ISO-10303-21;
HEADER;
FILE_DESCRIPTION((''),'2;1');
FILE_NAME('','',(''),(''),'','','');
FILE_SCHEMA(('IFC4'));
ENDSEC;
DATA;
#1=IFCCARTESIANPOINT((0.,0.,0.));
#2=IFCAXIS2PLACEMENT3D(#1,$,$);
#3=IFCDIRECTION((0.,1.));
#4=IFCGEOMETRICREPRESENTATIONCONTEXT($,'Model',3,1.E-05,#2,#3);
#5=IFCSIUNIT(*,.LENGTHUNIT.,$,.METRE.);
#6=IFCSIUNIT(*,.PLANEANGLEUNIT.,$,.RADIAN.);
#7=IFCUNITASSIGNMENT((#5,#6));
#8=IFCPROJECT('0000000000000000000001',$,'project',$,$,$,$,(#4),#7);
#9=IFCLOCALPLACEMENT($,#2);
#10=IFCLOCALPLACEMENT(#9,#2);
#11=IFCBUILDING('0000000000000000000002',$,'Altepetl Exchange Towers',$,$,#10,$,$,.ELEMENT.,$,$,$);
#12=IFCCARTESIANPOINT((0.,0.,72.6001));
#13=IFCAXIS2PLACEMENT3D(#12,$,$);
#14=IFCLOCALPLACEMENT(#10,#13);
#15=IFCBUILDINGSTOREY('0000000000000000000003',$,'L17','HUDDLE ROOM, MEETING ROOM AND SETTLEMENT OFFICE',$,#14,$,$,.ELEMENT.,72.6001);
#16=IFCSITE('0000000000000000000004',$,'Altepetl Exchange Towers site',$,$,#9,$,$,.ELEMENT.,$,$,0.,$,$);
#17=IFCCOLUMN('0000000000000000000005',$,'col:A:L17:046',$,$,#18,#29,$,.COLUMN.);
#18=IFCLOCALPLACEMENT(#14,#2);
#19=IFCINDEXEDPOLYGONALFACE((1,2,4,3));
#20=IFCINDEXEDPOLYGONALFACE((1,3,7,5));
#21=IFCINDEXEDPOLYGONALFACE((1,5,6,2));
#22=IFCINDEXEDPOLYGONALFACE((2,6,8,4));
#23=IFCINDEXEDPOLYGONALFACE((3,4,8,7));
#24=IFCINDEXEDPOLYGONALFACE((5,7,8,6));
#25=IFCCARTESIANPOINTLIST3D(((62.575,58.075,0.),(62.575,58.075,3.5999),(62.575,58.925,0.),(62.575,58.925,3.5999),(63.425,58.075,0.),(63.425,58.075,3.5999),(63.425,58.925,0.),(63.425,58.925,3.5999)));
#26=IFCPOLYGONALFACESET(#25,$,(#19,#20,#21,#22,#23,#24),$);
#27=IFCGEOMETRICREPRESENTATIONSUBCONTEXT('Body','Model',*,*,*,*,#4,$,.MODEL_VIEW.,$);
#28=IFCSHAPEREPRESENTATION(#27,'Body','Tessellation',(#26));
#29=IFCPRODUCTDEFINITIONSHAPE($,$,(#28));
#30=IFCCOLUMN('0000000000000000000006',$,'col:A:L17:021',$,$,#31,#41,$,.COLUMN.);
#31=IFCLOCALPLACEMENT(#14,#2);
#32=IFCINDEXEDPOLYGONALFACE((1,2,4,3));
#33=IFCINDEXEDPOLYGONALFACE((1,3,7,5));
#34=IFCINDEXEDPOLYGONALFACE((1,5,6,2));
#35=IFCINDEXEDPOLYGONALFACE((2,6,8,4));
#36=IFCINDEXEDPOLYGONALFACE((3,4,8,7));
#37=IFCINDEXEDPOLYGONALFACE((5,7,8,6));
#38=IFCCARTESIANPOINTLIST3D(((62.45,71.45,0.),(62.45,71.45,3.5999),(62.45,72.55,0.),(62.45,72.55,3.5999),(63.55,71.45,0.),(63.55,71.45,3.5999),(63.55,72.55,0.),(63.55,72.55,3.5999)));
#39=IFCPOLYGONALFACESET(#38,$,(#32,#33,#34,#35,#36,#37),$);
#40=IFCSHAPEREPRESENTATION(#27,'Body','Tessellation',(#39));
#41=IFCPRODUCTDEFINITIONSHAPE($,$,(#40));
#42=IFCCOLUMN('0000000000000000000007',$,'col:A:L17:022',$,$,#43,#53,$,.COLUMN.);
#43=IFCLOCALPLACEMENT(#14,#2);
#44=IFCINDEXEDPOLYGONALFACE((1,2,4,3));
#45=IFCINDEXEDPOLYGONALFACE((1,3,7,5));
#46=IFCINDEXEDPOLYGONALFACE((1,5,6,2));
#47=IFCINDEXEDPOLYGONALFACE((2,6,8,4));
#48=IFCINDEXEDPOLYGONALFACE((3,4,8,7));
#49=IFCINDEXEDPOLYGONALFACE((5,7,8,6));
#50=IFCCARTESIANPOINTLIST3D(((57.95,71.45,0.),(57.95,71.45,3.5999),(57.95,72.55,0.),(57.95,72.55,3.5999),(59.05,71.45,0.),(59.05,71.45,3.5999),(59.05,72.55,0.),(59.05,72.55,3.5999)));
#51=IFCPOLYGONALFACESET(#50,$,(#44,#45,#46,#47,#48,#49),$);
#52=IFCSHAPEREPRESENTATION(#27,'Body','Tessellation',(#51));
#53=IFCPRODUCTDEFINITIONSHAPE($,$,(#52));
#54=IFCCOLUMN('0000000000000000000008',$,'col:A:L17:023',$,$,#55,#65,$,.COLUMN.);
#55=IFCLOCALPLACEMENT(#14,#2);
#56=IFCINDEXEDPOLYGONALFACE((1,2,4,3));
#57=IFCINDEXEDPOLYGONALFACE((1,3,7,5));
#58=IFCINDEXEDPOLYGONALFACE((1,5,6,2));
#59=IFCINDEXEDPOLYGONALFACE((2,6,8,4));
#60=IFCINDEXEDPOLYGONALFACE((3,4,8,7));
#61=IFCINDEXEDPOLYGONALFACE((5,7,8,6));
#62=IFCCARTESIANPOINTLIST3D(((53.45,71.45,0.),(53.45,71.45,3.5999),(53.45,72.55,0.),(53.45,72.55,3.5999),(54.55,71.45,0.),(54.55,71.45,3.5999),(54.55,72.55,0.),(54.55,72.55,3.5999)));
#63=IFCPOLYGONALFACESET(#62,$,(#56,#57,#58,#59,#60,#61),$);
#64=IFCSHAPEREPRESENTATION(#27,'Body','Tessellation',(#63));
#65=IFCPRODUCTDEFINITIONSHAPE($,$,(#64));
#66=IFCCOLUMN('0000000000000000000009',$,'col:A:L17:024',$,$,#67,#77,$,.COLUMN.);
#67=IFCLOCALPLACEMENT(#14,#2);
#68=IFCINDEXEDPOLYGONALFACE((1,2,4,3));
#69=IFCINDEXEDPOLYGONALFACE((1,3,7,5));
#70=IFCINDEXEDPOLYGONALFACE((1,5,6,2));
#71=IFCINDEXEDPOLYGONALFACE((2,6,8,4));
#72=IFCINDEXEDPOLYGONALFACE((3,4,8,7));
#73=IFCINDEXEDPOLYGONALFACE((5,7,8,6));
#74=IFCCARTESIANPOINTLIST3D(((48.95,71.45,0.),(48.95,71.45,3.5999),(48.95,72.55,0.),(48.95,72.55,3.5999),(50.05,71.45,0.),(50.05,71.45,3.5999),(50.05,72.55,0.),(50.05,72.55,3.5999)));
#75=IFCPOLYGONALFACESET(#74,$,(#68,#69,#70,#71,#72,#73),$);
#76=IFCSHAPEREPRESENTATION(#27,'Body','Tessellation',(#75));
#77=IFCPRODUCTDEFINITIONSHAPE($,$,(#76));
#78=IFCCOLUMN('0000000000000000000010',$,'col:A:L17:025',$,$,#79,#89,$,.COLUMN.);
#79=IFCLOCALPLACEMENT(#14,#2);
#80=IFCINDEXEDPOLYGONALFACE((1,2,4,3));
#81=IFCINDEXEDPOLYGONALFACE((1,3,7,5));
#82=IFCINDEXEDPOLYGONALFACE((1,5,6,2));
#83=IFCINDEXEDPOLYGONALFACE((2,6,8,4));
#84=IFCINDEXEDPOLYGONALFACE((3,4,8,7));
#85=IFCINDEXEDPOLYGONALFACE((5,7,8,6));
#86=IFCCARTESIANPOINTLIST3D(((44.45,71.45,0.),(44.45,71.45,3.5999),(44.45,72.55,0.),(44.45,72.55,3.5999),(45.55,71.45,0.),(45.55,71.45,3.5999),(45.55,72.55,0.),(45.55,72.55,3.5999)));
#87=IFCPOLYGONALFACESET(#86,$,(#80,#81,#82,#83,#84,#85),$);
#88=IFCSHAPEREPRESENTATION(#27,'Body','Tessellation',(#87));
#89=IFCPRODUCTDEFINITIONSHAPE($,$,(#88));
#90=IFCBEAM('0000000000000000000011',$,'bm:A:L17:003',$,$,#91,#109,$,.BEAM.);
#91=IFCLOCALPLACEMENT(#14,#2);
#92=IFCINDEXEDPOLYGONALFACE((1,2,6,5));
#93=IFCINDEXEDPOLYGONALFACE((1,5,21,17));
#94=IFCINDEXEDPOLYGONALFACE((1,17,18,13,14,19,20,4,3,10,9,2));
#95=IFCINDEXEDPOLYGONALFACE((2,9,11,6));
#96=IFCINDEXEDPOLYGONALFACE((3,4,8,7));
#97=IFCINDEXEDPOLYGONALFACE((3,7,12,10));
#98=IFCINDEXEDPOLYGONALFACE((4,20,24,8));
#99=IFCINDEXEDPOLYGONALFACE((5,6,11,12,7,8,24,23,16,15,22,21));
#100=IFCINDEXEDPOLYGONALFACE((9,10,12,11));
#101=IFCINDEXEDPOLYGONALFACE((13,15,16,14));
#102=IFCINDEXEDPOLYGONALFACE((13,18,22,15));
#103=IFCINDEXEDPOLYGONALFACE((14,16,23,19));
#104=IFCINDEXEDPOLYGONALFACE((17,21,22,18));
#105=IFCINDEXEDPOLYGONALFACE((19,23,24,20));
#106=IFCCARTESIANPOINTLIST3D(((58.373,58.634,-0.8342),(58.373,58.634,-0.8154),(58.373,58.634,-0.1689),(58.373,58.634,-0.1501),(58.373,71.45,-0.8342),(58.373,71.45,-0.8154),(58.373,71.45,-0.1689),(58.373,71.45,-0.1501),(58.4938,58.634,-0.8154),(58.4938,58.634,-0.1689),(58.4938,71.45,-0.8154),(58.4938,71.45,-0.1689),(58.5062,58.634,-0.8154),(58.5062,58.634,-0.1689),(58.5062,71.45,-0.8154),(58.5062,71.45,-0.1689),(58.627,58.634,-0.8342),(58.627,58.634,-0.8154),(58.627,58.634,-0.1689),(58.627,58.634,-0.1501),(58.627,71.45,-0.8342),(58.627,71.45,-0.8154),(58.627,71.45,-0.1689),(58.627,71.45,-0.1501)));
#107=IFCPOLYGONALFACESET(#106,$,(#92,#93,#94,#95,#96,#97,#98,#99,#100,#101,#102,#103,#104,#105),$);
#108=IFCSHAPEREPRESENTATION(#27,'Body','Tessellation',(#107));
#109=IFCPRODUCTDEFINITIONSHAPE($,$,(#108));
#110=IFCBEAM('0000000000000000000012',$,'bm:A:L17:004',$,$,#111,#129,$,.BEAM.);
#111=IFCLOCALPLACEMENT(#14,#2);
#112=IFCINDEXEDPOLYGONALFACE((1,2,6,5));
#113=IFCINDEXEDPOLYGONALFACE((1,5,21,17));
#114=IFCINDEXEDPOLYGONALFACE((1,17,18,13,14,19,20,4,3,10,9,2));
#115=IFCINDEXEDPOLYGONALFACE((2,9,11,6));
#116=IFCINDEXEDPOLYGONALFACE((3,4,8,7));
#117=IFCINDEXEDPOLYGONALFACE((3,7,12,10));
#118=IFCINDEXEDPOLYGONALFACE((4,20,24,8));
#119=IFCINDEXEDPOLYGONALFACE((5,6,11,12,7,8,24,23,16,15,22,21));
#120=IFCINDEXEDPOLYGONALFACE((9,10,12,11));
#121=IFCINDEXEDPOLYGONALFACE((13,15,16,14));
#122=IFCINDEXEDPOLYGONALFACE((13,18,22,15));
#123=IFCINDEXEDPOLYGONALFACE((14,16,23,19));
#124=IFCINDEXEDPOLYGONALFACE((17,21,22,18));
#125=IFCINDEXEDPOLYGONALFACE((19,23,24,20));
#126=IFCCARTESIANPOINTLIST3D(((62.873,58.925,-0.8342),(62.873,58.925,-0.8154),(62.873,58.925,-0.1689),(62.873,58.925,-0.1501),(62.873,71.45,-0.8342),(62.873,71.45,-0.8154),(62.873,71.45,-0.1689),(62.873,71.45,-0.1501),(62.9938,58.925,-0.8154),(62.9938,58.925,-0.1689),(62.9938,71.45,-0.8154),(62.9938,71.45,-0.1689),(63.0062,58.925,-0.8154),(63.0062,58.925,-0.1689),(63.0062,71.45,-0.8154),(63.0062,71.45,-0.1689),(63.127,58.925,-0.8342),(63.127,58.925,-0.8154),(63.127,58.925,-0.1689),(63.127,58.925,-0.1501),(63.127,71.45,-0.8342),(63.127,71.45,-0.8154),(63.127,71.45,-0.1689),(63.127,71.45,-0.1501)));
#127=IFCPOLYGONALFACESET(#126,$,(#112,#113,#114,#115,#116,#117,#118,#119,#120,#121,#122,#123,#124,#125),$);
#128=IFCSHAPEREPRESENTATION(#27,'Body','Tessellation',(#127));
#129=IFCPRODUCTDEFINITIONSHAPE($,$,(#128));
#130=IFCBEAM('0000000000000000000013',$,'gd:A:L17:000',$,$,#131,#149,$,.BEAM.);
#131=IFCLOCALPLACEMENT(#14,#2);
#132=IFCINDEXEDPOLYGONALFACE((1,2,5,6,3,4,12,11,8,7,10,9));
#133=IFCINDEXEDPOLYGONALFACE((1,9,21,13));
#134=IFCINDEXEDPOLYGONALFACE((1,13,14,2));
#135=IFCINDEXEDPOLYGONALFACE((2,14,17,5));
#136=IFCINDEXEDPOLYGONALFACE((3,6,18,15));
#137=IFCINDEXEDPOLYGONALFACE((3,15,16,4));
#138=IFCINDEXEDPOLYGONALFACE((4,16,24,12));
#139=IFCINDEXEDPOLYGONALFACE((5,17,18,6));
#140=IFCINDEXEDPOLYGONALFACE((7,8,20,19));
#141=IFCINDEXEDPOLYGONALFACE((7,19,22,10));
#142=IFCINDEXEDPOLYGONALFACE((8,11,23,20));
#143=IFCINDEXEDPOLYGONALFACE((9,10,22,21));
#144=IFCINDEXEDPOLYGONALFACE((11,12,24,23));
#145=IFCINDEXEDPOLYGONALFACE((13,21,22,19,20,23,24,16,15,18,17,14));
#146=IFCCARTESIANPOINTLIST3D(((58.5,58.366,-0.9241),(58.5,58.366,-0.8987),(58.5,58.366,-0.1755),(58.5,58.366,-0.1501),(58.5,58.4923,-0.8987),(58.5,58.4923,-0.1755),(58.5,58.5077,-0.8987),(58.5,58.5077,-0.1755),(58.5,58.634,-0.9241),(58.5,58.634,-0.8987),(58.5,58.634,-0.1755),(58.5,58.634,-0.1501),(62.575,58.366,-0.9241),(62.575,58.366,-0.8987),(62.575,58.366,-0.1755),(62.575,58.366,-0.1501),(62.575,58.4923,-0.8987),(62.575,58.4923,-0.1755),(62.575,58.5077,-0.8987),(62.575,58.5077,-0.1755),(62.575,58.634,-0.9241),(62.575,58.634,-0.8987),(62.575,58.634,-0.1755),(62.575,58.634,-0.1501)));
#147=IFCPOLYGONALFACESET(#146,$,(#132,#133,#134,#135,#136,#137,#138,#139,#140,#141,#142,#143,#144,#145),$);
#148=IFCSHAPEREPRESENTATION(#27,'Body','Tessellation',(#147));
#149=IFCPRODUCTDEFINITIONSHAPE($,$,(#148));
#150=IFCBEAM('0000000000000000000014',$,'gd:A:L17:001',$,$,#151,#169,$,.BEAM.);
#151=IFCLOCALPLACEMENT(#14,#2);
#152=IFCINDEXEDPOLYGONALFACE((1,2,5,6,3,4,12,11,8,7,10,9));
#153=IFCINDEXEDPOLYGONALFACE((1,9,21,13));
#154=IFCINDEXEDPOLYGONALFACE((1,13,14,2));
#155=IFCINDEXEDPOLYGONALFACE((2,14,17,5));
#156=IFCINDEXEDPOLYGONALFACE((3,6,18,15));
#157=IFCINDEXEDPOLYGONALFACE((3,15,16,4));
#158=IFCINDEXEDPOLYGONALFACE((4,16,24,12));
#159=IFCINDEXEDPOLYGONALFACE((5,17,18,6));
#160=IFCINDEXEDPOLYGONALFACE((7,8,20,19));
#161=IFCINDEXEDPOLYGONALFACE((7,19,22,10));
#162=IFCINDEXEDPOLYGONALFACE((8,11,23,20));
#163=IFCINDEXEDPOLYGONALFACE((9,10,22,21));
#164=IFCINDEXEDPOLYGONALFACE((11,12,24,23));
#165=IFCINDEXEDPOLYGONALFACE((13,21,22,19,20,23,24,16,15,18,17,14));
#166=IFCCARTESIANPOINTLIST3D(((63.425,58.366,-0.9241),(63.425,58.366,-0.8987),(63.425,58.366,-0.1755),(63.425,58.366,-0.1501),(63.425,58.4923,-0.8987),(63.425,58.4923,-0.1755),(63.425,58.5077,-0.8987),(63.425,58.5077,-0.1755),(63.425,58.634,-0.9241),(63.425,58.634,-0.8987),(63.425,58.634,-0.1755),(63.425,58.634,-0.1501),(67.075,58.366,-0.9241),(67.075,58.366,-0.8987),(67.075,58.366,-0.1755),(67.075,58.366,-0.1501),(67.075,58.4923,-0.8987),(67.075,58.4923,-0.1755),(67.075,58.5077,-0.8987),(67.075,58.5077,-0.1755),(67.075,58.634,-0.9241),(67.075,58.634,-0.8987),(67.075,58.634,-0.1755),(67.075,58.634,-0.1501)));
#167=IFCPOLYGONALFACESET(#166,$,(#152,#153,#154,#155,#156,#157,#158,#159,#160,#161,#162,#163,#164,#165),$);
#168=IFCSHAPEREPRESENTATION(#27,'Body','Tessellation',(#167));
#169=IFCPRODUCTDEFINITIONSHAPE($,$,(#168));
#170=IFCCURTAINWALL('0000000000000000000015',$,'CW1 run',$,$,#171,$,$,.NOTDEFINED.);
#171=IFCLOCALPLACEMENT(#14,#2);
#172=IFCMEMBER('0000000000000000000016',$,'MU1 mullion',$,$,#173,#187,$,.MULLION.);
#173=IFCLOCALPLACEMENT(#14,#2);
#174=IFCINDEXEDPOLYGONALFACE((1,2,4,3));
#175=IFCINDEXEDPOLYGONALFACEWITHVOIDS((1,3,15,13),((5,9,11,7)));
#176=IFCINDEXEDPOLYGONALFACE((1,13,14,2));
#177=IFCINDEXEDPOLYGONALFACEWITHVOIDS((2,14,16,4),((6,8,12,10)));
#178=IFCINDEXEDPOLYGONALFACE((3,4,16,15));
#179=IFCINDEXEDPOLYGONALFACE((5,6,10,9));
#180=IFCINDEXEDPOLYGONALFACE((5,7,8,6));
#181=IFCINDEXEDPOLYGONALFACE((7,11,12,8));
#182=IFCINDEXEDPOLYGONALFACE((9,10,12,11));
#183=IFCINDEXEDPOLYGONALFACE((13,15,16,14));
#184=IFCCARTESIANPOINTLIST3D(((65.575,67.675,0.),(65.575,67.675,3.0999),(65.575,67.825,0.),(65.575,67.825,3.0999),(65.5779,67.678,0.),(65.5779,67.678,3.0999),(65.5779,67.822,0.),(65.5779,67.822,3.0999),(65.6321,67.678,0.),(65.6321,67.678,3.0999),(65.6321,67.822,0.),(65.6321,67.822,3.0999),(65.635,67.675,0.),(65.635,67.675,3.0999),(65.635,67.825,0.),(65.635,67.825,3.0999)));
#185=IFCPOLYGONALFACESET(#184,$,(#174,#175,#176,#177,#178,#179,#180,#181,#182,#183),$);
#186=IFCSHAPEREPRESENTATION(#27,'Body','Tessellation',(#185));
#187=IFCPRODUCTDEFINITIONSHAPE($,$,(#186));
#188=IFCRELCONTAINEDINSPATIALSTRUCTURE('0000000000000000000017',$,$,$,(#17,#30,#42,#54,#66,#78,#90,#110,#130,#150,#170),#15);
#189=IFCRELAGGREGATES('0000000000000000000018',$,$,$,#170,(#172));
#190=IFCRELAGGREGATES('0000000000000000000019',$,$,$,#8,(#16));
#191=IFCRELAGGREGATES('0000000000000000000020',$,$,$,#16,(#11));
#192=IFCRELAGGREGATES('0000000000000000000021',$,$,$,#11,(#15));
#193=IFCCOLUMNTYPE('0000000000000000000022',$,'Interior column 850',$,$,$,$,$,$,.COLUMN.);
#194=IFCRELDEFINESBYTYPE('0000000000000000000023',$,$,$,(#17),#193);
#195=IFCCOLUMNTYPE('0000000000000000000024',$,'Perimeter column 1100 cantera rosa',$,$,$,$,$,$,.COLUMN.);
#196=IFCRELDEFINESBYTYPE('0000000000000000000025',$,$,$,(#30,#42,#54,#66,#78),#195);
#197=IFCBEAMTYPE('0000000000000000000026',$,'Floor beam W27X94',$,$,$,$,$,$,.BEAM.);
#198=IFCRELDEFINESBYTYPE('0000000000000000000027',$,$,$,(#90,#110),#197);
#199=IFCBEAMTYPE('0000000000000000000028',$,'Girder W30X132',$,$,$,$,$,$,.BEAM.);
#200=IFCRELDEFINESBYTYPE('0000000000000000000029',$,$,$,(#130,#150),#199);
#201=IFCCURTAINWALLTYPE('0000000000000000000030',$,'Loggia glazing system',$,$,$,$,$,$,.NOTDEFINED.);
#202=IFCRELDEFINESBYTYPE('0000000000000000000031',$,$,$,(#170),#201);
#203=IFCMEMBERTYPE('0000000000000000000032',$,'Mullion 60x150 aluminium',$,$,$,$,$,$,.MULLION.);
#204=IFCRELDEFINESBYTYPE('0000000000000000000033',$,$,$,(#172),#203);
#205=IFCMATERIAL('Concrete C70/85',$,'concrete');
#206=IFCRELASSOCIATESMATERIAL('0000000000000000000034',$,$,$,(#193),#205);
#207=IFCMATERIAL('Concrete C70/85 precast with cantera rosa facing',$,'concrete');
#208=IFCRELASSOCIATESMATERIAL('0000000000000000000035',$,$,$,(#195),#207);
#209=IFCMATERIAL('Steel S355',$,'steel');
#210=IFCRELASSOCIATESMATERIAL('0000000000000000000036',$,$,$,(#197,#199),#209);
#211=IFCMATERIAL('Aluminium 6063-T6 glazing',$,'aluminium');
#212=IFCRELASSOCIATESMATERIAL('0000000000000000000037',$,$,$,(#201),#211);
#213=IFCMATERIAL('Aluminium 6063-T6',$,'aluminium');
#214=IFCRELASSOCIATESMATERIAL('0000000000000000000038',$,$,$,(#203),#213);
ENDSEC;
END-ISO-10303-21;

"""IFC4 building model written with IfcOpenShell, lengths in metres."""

from ifc_helpers import new_model, si_unit, direction, frame, origin, origin_2d, place, context, subcontext, project, spatial, rectangle, hollow_rectangle, i_section, extrude, material, material_profile, profile_set, type_object, element, aggregate, save


model = new_model("IFC4")

# Units and contexts
model_context = context("Model", 3, precision=1e-05, world=origin(), true_north=direction((0.0, 1.0)))
body_context = subcontext(model_context, "Body", "Model", "MODEL_VIEW")
ifc_project = project(units=[si_unit("LENGTHUNIT", "METRE"), si_unit("PLANEANGLEUNIT", "RADIAN")], contexts=[model_context])

# Site, building, storey
site_placement = place(None, origin())
site = spatial("IfcSite", under=ifc_project, at=site_placement, Name="Altepetl Exchange Towers site", CompositionType="ELEMENT", RefElevation=0.0)
building_placement = place(site_placement, origin())
building = spatial("IfcBuilding", under=site, at=building_placement, Name="Altepetl Exchange Towers", CompositionType="ELEMENT")
storey_placement = place(building_placement, frame((0.0, 0.0, 72.6001)))
storey = spatial("IfcBuildingStorey", under=building, at=storey_placement, Name="L17", Description="HUDDLE ROOM, MEETING ROOM AND SETTLEMENT OFFICE", CompositionType="ELEMENT", Elevation=72.6001)

# Columns
ifc_material_1 = material(Name="Concrete C70/85", Category="concrete")
ifc_material_profile_1 = material_profile(ifc_material_1, rectangle(XDim=0.8501, YDim=0.8501, at=origin_2d()), Name="850 x 850")
ifc_profile_set_1 = profile_set([ifc_material_profile_1], Name="Concrete C70/85")
column_type_1 = type_object("IfcColumnType", Name="Interior column 850", PredefinedType="COLUMN", material=ifc_profile_set_1)
column_placement = place(storey_placement, frame((63.0, 58.5, 0.0)))
element("IfcColumn", 1, at=column_placement, inside=storey, type_object=column_type_1, Name="col:A:L17:046", PredefinedType="COLUMN", context=body_context, shape_type="SweptSolid", body=[
    extrude(rectangle(XDim=0.8501, YDim=0.8501, at=origin_2d()), origin(), (0.0, 0.0, 1.0), 3.5999),
])
ifc_material_2 = material(Name="Concrete C70/85 precast with cantera rosa facing", Category="concrete")
ifc_material_profile_2 = material_profile(ifc_material_2, rectangle(XDim=1.1001, YDim=1.1001, at=origin_2d()), Name="1100 x 1100")
ifc_profile_set_2 = profile_set([ifc_material_profile_2], Name="Concrete C70/85 precast with cantera rosa facing")
column_type_2 = type_object("IfcColumnType", Name="Perimeter column 1100 cantera rosa", PredefinedType="COLUMN", material=ifc_profile_set_2)
for number, where, name in (
    (2, (63.0, 72.0, 0.0), "col:A:L17:021"),
    (3, (58.5, 72.0, 0.0), "col:A:L17:022"),
    (4, (54.0, 72.0, 0.0), "col:A:L17:023"),
    (5, (49.5, 72.0, 0.0), "col:A:L17:024"),
    (6, (45.0, 72.0, 0.0), "col:A:L17:025"),
):
    element("IfcColumn", number, at=place(storey_placement, frame(where)), inside=storey, type_object=column_type_2, Name=name, PredefinedType="COLUMN", context=body_context, shape_type="SweptSolid", body=[
        extrude(rectangle(XDim=1.1001, YDim=1.1001, at=origin_2d()), origin(), (0.0, 0.0, 1.0), 3.5999),
    ])

# Beams
ifc_material_3 = material(Name="Steel S355", Category="steel")
ifc_material_profile_3 = material_profile(ifc_material_3, i_section(OverallWidth=0.2539, OverallDepth=0.6841, WebThickness=0.0125, FlangeThickness=0.0188, at=origin_2d()), Name="W27X94")
ifc_profile_set_3 = profile_set([ifc_material_profile_3], Name="Steel S355")
beam_type_1 = type_object("IfcBeamType", Name="Floor beam W27X94", PredefinedType="BEAM", material=ifc_profile_set_3)
beam_1_placement = place(storey_placement, frame((58.5, 58.634, -0.4922), z_axis=(0.0, 1.0, 0.0), x_axis=(-1.0, 0.0, 0.0)))
element("IfcBeam", 7, at=beam_1_placement, inside=storey, type_object=beam_type_1, Name="bm:A:L17:003", PredefinedType="BEAM", context=body_context, shape_type="SweptSolid", body=[
    extrude(i_section(OverallWidth=0.2539, OverallDepth=0.6841, WebThickness=0.0125, FlangeThickness=0.0188, at=origin_2d()), origin(), (0.0, 0.0, 1.0), 12.8159),
])
beam_2_placement = place(storey_placement, frame((63.0, 58.925, -0.4922), z_axis=(0.0, 1.0, 0.0), x_axis=(-1.0, 0.0, 0.0)))
element("IfcBeam", 8, at=beam_2_placement, inside=storey, type_object=beam_type_1, Name="bm:A:L17:004", PredefinedType="BEAM", context=body_context, shape_type="SweptSolid", body=[
    extrude(i_section(OverallWidth=0.2539, OverallDepth=0.6841, WebThickness=0.0125, FlangeThickness=0.0188, at=origin_2d()), origin(), (0.0, 0.0, 1.0), 12.5249),
])
ifc_material_profile_4 = material_profile(ifc_material_3, i_section(OverallWidth=0.2681, OverallDepth=0.7739, WebThickness=0.0154, FlangeThickness=0.0254, at=origin_2d()), Name="W30X132")
ifc_profile_set_4 = profile_set([ifc_material_profile_4], Name="Steel S355")
beam_type_2 = type_object("IfcBeamType", Name="Girder W30X132", PredefinedType="BEAM", material=ifc_profile_set_4)
beam_3_placement = place(storey_placement, frame((58.5, 58.5, -0.5371), z_axis=(1.0, 0.0, 0.0), x_axis=(0.0, 1.0, 0.0)))
element("IfcBeam", 9, at=beam_3_placement, inside=storey, type_object=beam_type_2, Name="gd:A:L17:000", PredefinedType="BEAM", context=body_context, shape_type="SweptSolid", body=[
    extrude(i_section(OverallWidth=0.2681, OverallDepth=0.7739, WebThickness=0.0154, FlangeThickness=0.0254, at=origin_2d()), origin(), (0.0, 0.0, 1.0), 4.075),
])
beam_4_placement = place(storey_placement, frame((63.425, 58.5, -0.5371), z_axis=(1.0, 0.0, 0.0), x_axis=(0.0, 1.0, 0.0)))
element("IfcBeam", 10, at=beam_4_placement, inside=storey, type_object=beam_type_2, Name="gd:A:L17:001", PredefinedType="BEAM", context=body_context, shape_type="SweptSolid", body=[
    extrude(i_section(OverallWidth=0.2681, OverallDepth=0.7739, WebThickness=0.0154, FlangeThickness=0.0254, at=origin_2d()), origin(), (0.0, 0.0, 1.0), 3.6499),
])

# Curtain wall, member
ifc_material_4 = material(Name="Aluminium 6063-T6 glazing", Category="aluminium")
curtain_wall_type = type_object("IfcCurtainWallType", Name="Loggia glazing system", PredefinedType="NOTDEFINED", material=ifc_material_4)
curtain_wall_1_placement = place(storey_placement, origin())
curtain_wall_1 = element("IfcCurtainWall", 11, at=curtain_wall_1_placement, inside=storey, type_object=curtain_wall_type, Name="CW1 run", PredefinedType="NOTDEFINED")
ifc_material_5 = material(Name="Aluminium 6063-T6", Category="aluminium")
ifc_material_profile_5 = material_profile(ifc_material_5, hollow_rectangle(XDim=0.0601, YDim=0.1499, WallThickness=0.0029, at=origin_2d()), Name="Mullion 60x150 aluminium")
ifc_profile_set_5 = profile_set([ifc_material_profile_5], Name="Aluminium 6063-T6")
member_type = type_object("IfcMemberType", Name="Mullion 60x150 aluminium", PredefinedType="MULLION", material=ifc_profile_set_5)
member_1_placement = place(storey_placement, frame((65.605, 67.75, 0.0), z_axis=(0.0, 0.0, 1.0), x_axis=(-1.0, 0.0, 0.0)))
member_1 = element("IfcMember", 12, at=member_1_placement, type_object=member_type, Name="MU1 mullion", PredefinedType="MULLION", context=body_context, shape_type="SweptSolid", body=[
    extrude(hollow_rectangle(XDim=0.0601, YDim=0.1499, WallThickness=0.0029, at=origin_2d()), origin(), (0.0, 0.0, 1.0), 3.0999),
])
aggregate(curtain_wall_1, [member_1])

save(model, "model.ifc")
